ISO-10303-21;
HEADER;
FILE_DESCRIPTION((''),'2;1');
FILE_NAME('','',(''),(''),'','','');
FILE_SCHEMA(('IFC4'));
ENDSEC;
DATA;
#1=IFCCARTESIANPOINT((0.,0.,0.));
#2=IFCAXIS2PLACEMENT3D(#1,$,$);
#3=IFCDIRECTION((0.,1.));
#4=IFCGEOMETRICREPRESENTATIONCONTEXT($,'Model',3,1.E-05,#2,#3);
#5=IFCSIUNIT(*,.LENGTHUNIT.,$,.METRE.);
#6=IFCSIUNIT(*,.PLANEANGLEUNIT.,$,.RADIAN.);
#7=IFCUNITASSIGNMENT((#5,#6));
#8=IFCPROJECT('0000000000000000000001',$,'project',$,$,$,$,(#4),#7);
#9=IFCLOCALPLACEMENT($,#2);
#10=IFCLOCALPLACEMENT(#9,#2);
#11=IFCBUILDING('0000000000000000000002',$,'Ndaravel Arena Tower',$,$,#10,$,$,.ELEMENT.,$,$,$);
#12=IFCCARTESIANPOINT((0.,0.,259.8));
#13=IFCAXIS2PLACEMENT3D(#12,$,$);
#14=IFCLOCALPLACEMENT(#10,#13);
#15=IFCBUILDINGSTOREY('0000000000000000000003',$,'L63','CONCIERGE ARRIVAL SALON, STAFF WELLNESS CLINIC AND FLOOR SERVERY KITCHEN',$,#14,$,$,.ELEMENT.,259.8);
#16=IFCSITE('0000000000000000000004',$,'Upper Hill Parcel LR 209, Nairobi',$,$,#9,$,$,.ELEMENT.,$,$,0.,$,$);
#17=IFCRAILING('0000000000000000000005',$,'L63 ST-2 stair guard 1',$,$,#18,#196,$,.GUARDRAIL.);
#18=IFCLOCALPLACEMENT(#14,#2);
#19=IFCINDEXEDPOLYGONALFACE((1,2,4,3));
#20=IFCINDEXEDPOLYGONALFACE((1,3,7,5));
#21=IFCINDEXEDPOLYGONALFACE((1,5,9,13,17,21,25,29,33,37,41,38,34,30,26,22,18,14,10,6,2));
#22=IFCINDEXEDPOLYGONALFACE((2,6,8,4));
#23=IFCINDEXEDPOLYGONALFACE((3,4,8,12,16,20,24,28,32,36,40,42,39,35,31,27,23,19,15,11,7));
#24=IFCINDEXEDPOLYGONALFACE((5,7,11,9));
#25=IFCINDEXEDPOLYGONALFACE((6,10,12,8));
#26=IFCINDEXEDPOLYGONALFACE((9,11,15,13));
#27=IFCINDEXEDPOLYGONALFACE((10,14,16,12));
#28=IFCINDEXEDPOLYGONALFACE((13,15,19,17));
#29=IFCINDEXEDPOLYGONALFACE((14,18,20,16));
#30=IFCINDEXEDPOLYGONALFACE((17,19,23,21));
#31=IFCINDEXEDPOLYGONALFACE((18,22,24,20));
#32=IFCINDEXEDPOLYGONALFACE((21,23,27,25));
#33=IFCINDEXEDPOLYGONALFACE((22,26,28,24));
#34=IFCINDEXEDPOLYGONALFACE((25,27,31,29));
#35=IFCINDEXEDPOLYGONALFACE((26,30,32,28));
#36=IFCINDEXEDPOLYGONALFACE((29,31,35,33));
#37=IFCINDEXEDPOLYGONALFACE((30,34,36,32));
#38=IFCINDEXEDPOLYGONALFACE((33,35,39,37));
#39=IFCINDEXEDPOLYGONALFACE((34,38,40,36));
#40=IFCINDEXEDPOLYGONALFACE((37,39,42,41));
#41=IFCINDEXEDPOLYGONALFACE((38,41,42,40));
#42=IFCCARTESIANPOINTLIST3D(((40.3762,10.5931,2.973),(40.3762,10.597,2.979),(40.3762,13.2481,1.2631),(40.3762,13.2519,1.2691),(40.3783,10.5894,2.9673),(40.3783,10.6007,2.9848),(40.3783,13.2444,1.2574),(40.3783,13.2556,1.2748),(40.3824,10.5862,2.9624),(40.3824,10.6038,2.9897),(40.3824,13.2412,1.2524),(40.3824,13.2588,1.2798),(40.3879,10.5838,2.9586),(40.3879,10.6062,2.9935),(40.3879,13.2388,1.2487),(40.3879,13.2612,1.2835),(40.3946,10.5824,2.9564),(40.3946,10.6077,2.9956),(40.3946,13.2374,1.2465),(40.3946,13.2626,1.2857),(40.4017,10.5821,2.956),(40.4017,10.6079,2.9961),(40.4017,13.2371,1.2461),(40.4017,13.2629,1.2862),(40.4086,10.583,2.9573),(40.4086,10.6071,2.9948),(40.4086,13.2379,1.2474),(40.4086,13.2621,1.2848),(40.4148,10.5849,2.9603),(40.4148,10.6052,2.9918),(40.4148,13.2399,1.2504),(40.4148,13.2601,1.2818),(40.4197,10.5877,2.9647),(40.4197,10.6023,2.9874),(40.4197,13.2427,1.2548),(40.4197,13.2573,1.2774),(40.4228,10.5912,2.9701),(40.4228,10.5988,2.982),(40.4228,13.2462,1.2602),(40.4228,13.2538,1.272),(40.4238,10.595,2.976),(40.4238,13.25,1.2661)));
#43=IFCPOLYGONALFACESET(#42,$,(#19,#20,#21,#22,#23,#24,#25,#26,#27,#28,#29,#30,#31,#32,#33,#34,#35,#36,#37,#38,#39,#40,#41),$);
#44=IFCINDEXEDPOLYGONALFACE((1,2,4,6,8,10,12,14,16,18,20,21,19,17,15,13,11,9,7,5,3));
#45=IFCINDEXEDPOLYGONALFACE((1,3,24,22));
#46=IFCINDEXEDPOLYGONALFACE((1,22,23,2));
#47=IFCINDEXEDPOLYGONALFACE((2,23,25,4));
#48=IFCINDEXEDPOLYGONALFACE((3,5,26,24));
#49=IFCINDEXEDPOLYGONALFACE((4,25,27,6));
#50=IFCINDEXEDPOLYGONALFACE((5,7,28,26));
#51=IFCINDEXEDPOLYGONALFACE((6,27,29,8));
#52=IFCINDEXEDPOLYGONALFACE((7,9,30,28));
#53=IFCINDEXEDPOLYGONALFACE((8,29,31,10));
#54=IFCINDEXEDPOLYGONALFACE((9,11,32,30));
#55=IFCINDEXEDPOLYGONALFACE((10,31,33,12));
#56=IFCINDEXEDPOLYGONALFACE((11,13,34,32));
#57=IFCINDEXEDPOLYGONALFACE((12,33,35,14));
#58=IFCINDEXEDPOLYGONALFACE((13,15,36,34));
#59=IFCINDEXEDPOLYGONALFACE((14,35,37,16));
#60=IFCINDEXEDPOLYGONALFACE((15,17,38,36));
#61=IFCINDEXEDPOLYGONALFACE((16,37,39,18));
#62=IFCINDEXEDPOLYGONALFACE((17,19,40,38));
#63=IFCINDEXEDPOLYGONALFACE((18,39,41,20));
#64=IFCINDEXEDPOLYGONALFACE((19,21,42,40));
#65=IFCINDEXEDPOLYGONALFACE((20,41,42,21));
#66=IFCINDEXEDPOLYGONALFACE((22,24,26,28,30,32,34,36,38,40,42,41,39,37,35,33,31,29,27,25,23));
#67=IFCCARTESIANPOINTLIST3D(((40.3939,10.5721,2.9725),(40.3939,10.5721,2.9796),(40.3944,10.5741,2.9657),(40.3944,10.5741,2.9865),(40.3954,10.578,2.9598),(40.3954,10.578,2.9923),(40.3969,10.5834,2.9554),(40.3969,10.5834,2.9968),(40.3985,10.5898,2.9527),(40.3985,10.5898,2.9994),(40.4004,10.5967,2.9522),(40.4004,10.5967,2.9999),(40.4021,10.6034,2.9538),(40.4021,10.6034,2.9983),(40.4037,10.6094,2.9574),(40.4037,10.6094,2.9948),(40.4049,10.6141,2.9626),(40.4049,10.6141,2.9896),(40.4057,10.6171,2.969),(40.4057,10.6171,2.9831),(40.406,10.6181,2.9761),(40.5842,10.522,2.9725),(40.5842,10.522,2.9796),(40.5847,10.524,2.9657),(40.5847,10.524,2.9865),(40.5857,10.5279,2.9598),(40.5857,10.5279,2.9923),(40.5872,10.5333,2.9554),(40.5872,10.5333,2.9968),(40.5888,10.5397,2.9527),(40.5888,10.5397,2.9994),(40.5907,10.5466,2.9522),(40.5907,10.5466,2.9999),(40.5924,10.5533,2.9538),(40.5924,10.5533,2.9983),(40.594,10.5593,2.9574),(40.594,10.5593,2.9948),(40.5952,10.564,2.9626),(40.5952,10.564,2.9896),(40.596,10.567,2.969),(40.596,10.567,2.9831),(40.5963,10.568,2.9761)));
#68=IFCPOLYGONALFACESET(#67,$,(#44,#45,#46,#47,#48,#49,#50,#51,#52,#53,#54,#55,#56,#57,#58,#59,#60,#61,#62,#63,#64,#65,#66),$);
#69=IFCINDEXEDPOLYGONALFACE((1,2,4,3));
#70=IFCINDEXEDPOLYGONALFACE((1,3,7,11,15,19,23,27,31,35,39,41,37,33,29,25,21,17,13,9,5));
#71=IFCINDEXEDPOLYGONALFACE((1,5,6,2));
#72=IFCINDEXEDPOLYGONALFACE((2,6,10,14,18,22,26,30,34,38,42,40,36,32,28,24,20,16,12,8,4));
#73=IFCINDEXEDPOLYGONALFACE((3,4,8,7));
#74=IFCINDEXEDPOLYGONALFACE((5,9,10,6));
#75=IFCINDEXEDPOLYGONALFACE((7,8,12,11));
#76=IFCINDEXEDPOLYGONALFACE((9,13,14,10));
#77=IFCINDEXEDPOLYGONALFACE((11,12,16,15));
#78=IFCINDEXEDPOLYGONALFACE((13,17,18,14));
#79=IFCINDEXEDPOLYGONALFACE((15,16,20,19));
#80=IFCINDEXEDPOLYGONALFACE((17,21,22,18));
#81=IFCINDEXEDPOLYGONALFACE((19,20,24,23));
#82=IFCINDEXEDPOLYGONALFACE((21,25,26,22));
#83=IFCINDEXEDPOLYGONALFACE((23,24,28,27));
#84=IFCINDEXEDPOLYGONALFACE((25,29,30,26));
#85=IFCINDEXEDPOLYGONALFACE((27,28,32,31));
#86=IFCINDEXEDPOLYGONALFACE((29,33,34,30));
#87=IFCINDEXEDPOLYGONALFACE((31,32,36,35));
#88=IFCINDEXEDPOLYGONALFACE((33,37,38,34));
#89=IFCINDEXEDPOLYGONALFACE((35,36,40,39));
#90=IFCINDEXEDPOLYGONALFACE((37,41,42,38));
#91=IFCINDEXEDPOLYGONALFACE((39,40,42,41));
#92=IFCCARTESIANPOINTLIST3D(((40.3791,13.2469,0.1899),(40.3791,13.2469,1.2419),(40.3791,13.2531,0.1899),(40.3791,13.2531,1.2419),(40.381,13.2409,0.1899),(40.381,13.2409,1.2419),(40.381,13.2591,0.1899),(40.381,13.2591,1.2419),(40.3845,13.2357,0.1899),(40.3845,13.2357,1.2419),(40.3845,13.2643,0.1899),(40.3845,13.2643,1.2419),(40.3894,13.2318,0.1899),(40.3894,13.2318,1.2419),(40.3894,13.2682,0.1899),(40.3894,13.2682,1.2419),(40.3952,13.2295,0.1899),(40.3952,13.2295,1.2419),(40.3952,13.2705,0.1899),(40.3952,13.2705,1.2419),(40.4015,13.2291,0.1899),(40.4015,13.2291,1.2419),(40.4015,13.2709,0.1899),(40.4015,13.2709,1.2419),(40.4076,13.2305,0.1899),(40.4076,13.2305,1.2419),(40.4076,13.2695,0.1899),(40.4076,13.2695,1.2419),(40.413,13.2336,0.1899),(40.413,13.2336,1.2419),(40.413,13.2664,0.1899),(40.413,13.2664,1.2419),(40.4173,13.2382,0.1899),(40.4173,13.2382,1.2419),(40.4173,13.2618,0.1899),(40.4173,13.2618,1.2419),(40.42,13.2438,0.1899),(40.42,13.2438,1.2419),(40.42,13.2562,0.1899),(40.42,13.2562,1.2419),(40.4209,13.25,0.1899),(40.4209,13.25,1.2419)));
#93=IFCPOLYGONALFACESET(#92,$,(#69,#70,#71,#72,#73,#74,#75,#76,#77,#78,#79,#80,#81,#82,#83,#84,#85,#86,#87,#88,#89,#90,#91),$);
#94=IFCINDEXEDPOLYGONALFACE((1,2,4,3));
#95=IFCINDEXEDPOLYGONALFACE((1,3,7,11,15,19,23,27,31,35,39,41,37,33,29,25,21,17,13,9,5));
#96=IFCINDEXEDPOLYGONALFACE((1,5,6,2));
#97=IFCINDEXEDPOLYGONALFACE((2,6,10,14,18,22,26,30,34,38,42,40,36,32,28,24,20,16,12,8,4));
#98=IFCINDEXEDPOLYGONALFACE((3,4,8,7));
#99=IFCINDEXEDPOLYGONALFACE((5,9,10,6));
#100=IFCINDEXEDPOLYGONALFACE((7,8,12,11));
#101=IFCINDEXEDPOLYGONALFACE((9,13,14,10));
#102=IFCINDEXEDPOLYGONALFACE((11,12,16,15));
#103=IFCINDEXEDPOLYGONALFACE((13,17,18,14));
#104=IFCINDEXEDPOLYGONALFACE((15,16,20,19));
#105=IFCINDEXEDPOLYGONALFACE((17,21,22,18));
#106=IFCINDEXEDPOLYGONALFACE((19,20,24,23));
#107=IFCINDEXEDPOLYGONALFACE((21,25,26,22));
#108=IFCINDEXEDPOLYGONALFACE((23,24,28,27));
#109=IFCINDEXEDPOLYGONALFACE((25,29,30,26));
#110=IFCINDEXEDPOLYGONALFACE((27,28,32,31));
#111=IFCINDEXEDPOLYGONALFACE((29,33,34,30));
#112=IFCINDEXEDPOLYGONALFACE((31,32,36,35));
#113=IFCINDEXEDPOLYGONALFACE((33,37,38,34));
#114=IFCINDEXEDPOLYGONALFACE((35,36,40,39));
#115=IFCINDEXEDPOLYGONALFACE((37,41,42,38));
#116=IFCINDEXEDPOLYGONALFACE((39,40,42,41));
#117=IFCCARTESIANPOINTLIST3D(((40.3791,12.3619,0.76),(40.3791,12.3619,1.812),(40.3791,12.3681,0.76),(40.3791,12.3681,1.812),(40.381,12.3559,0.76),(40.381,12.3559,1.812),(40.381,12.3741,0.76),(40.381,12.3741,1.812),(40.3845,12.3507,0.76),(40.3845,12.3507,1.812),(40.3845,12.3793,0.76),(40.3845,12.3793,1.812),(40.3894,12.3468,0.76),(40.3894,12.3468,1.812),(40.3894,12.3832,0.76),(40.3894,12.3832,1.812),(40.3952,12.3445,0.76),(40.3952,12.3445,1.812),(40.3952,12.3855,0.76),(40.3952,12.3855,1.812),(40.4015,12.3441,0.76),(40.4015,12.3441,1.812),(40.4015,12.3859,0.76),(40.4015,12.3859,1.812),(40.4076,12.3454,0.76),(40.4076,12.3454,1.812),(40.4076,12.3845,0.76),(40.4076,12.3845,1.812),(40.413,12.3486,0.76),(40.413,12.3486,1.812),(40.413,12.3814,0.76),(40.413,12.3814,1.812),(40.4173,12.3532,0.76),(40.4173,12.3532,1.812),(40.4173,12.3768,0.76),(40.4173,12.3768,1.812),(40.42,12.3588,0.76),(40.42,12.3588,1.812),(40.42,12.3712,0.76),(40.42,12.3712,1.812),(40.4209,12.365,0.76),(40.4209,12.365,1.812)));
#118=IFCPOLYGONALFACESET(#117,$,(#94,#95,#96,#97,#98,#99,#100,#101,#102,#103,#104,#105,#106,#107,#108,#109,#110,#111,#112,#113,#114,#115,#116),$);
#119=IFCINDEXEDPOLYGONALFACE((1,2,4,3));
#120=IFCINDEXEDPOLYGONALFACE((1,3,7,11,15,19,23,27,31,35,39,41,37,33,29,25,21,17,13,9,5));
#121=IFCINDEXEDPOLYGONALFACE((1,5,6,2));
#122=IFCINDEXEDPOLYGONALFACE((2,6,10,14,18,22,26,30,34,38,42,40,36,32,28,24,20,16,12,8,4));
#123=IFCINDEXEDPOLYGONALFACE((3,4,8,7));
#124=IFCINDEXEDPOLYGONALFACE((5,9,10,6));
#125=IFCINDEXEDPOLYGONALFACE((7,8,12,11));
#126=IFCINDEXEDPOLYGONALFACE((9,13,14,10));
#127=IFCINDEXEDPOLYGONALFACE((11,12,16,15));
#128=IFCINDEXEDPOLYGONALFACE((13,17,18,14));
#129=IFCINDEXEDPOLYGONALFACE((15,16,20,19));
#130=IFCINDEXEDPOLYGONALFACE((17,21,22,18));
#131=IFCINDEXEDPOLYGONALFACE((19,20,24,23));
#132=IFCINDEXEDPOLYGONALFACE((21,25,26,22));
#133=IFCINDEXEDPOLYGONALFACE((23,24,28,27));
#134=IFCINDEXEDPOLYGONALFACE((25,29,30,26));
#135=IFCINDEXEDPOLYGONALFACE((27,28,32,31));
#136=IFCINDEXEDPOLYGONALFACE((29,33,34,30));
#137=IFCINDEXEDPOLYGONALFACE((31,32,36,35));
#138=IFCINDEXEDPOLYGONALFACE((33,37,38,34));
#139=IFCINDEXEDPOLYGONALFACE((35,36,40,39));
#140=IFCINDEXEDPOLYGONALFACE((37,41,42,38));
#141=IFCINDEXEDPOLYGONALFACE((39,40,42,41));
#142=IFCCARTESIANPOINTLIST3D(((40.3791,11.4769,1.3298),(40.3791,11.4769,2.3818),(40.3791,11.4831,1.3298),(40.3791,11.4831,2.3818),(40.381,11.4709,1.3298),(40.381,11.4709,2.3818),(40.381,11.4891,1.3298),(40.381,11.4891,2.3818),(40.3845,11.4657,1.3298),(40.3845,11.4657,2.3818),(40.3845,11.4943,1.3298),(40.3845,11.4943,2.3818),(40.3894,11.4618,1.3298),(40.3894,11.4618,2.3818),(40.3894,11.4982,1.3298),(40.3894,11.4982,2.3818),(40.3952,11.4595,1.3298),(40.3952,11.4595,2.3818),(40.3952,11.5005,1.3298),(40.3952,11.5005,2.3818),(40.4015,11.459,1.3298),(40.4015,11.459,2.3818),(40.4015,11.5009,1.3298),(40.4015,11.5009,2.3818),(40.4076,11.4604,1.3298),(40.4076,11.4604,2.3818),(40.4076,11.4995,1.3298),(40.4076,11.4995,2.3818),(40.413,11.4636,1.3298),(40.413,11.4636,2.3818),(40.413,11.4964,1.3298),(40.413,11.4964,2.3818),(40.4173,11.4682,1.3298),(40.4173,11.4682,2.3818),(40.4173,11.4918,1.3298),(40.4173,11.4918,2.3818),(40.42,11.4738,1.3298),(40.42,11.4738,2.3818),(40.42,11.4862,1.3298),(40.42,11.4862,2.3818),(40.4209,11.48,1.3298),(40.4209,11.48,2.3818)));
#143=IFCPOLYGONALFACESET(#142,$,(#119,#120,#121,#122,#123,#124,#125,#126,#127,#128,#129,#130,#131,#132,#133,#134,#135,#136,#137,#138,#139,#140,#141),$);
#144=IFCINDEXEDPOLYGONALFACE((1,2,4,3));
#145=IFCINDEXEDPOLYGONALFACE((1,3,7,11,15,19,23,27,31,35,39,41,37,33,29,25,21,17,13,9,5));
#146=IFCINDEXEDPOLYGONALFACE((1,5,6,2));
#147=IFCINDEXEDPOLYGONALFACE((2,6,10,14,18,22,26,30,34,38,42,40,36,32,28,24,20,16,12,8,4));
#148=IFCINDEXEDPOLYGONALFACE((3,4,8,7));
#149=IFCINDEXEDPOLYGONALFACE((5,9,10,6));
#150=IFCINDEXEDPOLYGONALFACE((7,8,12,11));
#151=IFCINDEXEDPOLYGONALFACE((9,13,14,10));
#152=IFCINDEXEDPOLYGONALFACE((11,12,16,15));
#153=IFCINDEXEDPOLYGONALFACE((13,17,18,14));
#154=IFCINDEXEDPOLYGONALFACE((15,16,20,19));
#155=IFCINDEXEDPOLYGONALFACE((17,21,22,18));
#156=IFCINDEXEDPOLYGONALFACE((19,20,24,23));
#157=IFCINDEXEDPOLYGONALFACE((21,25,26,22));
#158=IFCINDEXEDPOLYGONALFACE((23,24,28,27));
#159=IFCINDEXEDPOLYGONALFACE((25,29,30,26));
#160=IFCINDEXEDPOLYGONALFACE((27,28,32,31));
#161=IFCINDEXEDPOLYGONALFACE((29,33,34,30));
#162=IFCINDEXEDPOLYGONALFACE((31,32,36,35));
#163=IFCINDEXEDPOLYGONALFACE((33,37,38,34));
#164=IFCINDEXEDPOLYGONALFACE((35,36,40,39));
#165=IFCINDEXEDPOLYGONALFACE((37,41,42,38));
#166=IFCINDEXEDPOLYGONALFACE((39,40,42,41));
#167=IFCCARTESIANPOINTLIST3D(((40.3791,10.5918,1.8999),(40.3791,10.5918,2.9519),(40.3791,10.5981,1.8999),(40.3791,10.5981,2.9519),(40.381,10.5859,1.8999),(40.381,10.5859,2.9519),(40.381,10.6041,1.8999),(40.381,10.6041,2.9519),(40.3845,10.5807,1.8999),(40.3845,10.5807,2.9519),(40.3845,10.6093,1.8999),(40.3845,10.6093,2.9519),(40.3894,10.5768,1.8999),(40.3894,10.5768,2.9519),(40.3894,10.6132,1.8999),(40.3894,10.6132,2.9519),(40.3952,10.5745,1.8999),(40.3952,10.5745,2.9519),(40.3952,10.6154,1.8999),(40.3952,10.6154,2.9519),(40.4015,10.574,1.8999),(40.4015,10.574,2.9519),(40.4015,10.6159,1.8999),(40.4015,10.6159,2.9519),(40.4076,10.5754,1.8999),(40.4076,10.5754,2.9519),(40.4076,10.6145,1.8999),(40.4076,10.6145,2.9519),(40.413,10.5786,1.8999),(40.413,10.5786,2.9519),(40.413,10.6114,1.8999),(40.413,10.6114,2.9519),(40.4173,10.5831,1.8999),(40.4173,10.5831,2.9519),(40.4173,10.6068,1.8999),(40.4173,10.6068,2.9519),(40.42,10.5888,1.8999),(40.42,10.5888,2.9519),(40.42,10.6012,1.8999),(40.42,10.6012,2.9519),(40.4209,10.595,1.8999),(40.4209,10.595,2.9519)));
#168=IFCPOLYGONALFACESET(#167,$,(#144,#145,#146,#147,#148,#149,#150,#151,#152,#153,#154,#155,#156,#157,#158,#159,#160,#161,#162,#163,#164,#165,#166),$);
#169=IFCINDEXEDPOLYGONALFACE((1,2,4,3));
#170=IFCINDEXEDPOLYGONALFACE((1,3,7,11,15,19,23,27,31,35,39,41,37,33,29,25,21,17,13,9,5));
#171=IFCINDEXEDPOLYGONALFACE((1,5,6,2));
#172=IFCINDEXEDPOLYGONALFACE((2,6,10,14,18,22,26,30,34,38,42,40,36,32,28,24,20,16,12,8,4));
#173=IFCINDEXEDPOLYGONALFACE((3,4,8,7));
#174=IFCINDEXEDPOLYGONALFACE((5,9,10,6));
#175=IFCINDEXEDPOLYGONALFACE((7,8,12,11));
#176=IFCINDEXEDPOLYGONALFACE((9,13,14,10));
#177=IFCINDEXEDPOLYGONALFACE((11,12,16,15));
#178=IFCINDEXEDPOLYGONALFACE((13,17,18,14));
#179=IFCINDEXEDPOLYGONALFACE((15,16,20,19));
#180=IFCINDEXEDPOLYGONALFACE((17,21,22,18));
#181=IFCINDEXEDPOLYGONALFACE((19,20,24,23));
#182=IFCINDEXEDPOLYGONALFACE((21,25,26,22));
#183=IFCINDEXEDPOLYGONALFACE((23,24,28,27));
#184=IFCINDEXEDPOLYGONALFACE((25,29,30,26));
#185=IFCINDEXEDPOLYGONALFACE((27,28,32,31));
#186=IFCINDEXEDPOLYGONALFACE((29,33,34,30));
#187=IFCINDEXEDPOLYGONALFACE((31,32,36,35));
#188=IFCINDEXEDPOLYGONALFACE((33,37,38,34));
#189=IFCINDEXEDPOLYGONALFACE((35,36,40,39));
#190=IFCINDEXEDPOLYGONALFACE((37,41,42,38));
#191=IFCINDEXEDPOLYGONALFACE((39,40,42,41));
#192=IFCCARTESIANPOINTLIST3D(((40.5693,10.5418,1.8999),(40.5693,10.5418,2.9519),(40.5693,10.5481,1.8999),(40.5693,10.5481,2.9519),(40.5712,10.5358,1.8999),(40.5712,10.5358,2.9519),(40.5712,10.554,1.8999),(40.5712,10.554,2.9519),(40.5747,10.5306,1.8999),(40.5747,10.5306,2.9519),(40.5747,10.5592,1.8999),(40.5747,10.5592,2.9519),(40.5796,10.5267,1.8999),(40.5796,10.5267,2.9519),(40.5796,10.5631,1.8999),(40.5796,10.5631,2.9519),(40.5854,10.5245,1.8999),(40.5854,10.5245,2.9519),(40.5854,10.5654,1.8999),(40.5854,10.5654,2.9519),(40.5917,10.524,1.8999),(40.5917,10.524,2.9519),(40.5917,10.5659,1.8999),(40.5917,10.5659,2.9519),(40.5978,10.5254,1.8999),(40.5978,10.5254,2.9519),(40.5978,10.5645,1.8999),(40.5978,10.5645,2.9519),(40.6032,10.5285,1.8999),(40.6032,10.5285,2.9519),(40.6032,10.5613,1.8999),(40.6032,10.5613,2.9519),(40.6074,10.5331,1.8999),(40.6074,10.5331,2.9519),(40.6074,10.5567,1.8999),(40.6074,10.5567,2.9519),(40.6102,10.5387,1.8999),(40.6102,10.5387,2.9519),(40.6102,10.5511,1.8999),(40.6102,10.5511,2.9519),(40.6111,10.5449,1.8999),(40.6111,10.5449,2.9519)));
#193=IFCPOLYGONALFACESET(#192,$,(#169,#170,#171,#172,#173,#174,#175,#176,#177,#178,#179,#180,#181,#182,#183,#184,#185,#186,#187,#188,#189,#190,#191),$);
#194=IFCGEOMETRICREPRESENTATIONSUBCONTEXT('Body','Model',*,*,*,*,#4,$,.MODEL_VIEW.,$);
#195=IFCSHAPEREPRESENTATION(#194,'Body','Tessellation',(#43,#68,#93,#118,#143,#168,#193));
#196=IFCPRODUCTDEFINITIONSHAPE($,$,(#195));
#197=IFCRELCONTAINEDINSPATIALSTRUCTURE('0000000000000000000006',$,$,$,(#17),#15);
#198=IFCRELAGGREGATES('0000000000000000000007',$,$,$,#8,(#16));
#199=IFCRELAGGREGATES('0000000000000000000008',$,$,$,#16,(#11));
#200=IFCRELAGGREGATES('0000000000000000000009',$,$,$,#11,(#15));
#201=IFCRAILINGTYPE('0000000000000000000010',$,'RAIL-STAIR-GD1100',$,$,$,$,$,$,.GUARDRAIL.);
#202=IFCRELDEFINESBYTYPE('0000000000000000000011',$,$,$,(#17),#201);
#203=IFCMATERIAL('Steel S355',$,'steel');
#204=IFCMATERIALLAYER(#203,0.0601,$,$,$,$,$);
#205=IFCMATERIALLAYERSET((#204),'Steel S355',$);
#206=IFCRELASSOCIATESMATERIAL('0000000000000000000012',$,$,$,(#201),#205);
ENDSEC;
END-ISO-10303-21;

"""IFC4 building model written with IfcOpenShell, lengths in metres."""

from ifc_helpers import new_model, si_unit, direction, frame, origin, origin_2d, place, context, subcontext, project, spatial, circle, extrude, material, layer, layer_set, type_object, element, save


model = new_model("IFC4")

# Units and contexts
model_context = context("Model", 3, precision=1e-05, world=origin(), true_north=direction((0.0, 1.0)))
body_context = subcontext(model_context, "Body", "Model", "MODEL_VIEW")
ifc_project = project(units=[si_unit("LENGTHUNIT", "METRE"), si_unit("PLANEANGLEUNIT", "RADIAN")], contexts=[model_context])

# Site, building, storey
site_placement = place(None, origin())
site = spatial("IfcSite", under=ifc_project, at=site_placement, Name="Upper Hill Parcel LR 209, Nairobi", CompositionType="ELEMENT", RefElevation=0.0)
building_placement = place(site_placement, origin())
building = spatial("IfcBuilding", under=site, at=building_placement, Name="Ndaravel Arena Tower", CompositionType="ELEMENT")
storey_placement = place(building_placement, frame((0.0, 0.0, 259.8)))
storey = spatial("IfcBuildingStorey", under=building, at=storey_placement, Name="L63", Description="CONCIERGE ARRIVAL SALON, STAFF WELLNESS CLINIC AND FLOOR SERVERY KITCHEN", CompositionType="ELEMENT", Elevation=259.8)

# Railing
ifc_material_1 = material(Name="Steel S355", Category="steel")
ifc_layer_1 = layer(ifc_material_1, 0.0601)
ifc_layer_set_1 = layer_set([ifc_layer_1], Name="Steel S355")
railing_type_1 = type_object("IfcRailingType", Name="RAIL-STAIR-GD1100", PredefinedType="GUARDRAIL", material=ifc_layer_set_1)
railing_1_placement = place(storey_placement, frame((40.3999, 13.25, 0.1899)))
element("IfcRailing", 1, at=railing_1_placement, inside=storey, type_object=railing_type_1, Name="L63 ST-2 stair guard 1", PredefinedType="GUARDRAIL", context=body_context, shape_type="SweptSolid", body=[
    extrude(circle(Radius=0.0239, at=origin_2d()), frame((0.0, 0.0, 1.0762), z_axis=(0.0, -0.840724, 0.541465), x_axis=(1.0, 0.0, 0.0)), (0.0, 0.0, 1.0), 3.158),
    extrude(circle(Radius=0.0239, at=origin_2d()), frame((0.0, -2.655, 2.7861), z_axis=(0.967075, -0.254493, 0.0), x_axis=(0.254493, 0.967075, 0.0)), (0.0, 0.0, 1.0), 0.1968),
    extrude(circle(Radius=0.021, at=origin_2d()), origin(), (0.0, 0.0, 1.0), 1.052),
    extrude(circle(Radius=0.021, at=origin_2d()), frame((0.0, -0.885, 0.5701)), (0.0, 0.0, 1.0), 1.052),
    extrude(circle(Radius=0.021, at=origin_2d()), frame((0.0, -1.77, 1.1399)), (0.0, 0.0, 1.0), 1.052),
    extrude(circle(Radius=0.021, at=origin_2d()), frame((0.0, -2.655, 1.71)), (0.0, 0.0, 1.0), 1.052),
    extrude(circle(Radius=0.021, at=origin_2d()), frame((0.1902, -2.7051, 1.71)), (0.0, 0.0, 1.0), 1.052),
])

save(model, "model.ifc")
